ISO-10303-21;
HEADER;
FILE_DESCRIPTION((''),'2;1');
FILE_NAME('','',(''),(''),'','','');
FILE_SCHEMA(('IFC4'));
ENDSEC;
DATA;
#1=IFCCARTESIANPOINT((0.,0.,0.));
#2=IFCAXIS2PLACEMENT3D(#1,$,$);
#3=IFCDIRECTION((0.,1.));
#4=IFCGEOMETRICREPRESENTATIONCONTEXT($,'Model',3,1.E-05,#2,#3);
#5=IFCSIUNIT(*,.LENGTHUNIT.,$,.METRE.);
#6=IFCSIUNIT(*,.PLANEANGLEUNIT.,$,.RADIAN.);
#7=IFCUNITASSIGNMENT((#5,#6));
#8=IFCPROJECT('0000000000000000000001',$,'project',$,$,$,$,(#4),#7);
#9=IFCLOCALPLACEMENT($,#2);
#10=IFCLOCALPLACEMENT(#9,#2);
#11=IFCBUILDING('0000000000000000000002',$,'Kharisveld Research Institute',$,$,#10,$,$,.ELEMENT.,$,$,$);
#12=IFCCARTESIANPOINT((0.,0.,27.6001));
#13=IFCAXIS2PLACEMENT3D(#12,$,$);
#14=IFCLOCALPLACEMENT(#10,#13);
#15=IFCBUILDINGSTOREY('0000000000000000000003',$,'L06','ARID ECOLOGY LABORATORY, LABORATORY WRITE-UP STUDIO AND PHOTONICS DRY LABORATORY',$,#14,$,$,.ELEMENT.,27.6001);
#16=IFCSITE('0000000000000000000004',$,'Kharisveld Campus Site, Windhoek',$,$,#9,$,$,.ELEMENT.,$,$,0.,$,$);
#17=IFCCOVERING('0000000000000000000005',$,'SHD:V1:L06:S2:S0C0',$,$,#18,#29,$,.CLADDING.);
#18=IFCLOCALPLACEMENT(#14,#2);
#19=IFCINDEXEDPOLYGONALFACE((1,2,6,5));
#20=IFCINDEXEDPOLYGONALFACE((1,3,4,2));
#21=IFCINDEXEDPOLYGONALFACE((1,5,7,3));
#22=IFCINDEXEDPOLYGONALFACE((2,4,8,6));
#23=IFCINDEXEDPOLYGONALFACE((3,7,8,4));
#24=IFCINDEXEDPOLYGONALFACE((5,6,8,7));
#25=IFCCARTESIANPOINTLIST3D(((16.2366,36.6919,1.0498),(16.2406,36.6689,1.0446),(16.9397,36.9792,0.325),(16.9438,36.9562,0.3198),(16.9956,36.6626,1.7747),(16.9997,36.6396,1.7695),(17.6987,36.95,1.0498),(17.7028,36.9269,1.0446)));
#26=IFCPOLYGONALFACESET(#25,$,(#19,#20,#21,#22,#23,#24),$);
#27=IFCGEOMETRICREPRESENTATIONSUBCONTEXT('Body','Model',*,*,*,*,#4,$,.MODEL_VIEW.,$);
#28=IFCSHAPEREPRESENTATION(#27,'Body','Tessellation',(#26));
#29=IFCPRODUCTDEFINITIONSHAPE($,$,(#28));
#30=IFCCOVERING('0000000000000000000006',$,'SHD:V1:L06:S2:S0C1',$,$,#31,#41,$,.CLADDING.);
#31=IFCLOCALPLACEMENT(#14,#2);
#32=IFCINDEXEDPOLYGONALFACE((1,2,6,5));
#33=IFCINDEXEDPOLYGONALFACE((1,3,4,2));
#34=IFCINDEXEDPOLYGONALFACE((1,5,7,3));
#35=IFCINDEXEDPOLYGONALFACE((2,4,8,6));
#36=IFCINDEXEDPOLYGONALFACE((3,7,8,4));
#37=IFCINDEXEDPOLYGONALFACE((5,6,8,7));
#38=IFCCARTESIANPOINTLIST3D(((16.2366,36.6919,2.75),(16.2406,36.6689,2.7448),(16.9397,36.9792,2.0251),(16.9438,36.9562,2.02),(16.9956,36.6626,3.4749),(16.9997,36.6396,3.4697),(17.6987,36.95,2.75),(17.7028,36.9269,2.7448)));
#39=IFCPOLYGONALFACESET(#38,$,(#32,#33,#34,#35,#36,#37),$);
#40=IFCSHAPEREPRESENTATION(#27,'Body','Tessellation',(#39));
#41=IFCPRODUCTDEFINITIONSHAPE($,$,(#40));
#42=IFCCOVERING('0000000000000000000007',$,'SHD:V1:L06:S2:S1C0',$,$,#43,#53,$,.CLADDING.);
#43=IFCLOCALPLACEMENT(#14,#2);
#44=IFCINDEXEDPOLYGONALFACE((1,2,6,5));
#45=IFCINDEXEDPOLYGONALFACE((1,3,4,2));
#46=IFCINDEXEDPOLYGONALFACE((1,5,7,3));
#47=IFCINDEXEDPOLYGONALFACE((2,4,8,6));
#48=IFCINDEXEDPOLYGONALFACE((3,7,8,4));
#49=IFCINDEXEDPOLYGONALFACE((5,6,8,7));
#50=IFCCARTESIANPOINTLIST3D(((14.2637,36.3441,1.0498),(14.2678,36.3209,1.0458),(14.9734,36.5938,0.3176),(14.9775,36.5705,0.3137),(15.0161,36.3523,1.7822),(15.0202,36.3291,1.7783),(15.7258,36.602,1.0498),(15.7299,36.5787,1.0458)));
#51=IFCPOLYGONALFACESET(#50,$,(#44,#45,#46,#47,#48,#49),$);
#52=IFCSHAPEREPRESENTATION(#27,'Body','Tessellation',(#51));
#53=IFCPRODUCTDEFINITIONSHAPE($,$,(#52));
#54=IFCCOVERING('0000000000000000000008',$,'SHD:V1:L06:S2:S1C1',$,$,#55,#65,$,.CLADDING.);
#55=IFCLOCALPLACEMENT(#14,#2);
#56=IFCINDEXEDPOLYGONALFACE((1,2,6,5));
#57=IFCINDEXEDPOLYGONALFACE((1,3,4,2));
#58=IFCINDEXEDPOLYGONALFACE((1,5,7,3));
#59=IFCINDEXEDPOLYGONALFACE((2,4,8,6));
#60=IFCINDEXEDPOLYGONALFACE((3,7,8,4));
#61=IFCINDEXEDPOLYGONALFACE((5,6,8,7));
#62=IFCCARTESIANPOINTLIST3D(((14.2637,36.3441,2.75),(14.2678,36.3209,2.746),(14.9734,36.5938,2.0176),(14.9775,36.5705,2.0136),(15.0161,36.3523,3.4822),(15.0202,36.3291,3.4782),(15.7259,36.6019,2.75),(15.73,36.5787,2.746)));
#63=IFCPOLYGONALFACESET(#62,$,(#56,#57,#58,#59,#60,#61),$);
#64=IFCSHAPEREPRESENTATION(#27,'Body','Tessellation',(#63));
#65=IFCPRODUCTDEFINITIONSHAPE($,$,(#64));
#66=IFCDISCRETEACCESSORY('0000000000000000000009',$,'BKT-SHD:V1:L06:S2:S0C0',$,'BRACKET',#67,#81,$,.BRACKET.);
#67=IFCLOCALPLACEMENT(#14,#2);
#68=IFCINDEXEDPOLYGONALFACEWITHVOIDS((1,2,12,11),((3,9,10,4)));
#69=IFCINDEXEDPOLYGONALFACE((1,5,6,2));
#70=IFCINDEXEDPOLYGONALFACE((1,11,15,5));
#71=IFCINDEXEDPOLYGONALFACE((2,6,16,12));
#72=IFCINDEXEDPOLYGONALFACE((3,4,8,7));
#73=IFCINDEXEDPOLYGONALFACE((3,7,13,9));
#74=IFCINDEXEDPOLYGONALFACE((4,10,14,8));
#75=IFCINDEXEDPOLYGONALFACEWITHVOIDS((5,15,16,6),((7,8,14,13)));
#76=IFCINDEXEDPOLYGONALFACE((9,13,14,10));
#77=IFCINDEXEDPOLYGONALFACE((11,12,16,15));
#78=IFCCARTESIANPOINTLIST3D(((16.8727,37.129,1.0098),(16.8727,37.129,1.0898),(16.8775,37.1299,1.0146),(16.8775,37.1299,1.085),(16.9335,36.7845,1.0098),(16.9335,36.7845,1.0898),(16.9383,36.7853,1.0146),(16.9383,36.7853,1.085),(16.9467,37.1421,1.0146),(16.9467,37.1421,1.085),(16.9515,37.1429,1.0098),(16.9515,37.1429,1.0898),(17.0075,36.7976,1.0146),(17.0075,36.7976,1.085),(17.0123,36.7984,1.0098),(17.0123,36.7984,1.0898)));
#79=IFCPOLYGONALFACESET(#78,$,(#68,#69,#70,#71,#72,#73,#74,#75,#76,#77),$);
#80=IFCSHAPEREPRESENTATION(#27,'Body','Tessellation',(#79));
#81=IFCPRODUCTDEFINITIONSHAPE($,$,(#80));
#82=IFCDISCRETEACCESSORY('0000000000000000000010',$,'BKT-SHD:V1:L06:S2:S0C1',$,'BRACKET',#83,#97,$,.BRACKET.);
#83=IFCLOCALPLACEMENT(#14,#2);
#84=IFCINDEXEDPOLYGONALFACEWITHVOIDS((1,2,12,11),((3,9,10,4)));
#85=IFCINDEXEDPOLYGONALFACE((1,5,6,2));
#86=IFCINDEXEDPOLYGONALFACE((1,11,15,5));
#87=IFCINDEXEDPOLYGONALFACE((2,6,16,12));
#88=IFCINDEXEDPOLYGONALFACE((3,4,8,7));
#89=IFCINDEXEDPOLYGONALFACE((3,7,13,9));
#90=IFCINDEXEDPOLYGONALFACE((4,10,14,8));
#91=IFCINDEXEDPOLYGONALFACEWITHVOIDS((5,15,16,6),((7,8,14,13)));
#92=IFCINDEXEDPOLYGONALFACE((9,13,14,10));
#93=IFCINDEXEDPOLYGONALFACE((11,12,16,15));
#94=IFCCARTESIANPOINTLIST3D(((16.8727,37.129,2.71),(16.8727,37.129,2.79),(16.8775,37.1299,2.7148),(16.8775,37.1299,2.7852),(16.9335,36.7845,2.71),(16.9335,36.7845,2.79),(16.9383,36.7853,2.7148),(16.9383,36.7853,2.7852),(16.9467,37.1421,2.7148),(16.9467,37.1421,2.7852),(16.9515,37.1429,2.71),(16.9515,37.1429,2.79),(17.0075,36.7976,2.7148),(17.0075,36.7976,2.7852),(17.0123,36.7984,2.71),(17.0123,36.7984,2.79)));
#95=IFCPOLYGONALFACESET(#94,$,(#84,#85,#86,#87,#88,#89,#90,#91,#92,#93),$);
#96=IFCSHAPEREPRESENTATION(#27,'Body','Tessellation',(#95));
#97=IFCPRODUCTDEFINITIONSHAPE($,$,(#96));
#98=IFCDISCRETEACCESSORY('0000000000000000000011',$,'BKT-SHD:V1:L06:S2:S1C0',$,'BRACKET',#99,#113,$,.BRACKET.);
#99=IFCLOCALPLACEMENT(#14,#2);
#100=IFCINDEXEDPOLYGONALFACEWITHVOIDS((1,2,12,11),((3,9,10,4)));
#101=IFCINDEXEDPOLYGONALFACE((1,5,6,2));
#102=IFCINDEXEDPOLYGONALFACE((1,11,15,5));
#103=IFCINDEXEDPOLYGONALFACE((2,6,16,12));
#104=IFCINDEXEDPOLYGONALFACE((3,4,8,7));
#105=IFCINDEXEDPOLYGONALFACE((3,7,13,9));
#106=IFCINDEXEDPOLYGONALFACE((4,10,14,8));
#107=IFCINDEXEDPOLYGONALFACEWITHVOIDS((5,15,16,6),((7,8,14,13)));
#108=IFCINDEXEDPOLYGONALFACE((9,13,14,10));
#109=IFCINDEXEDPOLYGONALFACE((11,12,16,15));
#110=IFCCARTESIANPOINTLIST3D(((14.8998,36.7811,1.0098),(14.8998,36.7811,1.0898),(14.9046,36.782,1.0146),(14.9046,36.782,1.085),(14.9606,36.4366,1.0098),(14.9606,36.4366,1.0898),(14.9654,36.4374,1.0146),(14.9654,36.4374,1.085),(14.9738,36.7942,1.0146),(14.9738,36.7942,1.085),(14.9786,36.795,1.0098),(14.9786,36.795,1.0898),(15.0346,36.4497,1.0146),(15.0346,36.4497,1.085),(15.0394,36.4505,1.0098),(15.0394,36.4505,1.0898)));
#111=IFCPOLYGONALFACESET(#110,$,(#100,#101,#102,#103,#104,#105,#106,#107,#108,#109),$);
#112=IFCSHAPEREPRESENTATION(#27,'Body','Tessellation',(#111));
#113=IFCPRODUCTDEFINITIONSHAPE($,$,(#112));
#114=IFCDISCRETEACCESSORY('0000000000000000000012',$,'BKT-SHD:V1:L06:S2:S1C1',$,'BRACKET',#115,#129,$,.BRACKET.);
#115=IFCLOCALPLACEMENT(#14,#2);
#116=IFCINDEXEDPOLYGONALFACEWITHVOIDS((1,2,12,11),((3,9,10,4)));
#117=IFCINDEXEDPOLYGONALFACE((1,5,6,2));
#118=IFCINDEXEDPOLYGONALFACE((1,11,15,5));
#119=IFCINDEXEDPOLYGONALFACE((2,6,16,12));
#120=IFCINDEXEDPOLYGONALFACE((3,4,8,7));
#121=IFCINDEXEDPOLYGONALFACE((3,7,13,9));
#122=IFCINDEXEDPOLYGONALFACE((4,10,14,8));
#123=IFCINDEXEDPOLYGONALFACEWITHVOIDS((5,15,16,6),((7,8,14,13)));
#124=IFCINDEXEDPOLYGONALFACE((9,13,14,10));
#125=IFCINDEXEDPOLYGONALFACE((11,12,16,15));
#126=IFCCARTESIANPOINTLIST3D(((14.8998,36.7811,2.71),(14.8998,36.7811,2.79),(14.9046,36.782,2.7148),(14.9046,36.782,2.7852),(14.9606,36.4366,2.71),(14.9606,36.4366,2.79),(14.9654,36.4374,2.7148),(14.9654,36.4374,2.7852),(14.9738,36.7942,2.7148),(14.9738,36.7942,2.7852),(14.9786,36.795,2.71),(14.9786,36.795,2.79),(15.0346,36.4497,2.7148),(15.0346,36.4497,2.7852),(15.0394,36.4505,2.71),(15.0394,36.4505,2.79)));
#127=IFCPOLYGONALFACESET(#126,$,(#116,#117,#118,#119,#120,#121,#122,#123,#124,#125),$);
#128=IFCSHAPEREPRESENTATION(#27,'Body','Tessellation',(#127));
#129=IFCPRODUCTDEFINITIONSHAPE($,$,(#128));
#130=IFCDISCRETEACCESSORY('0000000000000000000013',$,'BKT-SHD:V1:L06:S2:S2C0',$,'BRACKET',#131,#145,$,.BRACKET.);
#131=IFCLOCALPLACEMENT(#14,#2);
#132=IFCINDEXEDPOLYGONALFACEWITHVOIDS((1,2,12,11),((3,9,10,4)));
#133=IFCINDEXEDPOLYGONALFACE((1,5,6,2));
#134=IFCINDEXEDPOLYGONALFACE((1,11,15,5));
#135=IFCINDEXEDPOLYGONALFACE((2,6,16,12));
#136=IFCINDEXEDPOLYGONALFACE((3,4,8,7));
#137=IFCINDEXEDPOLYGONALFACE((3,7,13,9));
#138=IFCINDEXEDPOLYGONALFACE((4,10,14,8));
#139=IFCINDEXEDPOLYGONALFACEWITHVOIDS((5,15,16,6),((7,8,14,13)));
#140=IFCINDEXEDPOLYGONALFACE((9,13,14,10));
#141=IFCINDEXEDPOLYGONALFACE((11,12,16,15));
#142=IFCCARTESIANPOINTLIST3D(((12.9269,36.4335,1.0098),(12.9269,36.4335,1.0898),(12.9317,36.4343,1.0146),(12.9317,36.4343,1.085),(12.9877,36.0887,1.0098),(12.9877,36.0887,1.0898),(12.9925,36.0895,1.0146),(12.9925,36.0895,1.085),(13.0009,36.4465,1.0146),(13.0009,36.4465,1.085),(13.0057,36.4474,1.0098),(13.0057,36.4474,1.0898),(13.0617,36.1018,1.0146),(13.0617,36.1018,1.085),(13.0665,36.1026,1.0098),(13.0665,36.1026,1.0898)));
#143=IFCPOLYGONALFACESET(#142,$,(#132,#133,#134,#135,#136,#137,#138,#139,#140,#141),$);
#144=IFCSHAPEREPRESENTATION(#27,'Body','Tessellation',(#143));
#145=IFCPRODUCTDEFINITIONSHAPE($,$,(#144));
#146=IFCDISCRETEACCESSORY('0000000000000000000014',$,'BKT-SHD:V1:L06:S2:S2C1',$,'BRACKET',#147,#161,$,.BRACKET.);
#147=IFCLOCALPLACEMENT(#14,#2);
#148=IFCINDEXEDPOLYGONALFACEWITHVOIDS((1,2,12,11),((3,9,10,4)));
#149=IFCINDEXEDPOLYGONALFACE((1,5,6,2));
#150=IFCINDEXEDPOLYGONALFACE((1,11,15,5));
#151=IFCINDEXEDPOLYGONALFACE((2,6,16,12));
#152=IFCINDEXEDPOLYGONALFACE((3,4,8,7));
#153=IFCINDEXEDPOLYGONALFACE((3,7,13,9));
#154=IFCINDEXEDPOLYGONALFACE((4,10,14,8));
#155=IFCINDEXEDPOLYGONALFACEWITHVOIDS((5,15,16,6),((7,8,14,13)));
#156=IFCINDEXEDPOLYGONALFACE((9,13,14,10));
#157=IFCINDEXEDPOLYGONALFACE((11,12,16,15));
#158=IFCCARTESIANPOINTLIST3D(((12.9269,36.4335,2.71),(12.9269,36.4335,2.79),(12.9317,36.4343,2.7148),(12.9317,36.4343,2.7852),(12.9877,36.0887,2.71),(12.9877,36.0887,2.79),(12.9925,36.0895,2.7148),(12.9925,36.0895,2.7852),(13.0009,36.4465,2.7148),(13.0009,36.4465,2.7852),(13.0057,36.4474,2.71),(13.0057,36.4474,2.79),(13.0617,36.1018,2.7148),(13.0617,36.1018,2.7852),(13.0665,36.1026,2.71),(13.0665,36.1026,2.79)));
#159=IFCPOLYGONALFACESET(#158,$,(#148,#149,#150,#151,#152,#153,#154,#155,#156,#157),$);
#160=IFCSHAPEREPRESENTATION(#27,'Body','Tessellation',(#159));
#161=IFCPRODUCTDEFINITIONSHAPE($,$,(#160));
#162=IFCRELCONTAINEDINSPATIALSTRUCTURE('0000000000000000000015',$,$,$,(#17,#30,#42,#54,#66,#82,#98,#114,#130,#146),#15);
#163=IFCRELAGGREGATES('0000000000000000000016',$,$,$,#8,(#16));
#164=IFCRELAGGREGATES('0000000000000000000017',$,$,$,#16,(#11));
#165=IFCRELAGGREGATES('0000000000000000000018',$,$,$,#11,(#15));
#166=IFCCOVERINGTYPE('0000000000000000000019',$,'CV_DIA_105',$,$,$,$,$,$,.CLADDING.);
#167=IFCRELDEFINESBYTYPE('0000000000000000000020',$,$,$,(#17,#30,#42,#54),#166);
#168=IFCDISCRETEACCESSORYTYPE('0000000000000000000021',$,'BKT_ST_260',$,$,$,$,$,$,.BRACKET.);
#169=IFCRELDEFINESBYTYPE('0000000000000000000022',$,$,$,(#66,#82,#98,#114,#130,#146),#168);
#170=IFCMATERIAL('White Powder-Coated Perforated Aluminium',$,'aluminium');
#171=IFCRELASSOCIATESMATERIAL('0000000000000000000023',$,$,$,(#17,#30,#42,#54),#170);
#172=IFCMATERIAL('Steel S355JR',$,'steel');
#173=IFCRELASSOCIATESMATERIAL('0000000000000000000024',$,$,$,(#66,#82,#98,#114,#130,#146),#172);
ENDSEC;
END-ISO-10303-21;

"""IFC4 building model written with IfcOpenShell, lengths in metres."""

from ifc_helpers import new_model, si_unit, direction, frame, origin, origin_2d, place, context, subcontext, project, spatial, polyline, hollow_rectangle, outline, extrude, material, type_object, element, save


model = new_model("IFC4")

# Units and contexts
model_context = context("Model", 3, precision=1e-05, world=origin(), true_north=direction((0.0, 1.0)))
body_context = subcontext(model_context, "Body", "Model", "MODEL_VIEW")
ifc_project = project(units=[si_unit("LENGTHUNIT", "METRE"), si_unit("PLANEANGLEUNIT", "RADIAN")], contexts=[model_context])

# Site, building, storey
site_placement = place(None, origin())
site = spatial("IfcSite", under=ifc_project, at=site_placement, Name="Kharisveld Campus Site, Windhoek", CompositionType="ELEMENT", RefElevation=0.0)
building_placement = place(site_placement, origin())
building = spatial("IfcBuilding", under=site, at=building_placement, Name="Kharisveld Research Institute", CompositionType="ELEMENT")
storey_placement = place(building_placement, frame((0.0, 0.0, 27.6001)))
storey = spatial("IfcBuildingStorey", under=building, at=storey_placement, Name="L06", Description="ARID ECOLOGY LABORATORY, LABORATORY WRITE-UP STUDIO AND PHOTONICS DRY LABORATORY", CompositionType="ELEMENT", Elevation=27.6001)

# Coverings
ifc_material_1 = material(Name="White Powder-Coated Perforated Aluminium", Category="aluminium")
covering_type = type_object("IfcCoveringType", Name="CV_DIA_105", PredefinedType="CLADDING")
for number, where, z_axis, x_axis, name in (
    (1, (16.9397, 36.9792, 0.325), (-0.16968, 0.961415, 0.21654), (-0.669683, -0.273686, 0.690378), "SHD:V1:L06:S2:S0C0"),
    (2, (16.9397, 36.9792, 2.0251), (-0.16968, 0.961415, 0.21654), (-0.669683, -0.273686, 0.690378), "SHD:V1:L06:S2:S0C1"),
):
    element("IfcCovering", number, at=place(storey_placement, frame(where, z_axis=z_axis, x_axis=x_axis)), inside=storey, type_object=covering_type, material=ifc_material_1, Name=name, PredefinedType="CLADDING", context=body_context, shape_type="SweptSolid", body=[
        extrude(outline(polyline([(0.0, 0.0), (1.0499, 0.0), (1.0501, 1.05), (0.0001, 1.05), (0.0, 0.0)])), origin(), (0.0, 0.0, -1.0), 0.0239),
    ])
covering_1_placement = place(storey_placement, frame((14.9734, 36.5938, 0.3176), z_axis=(-0.171261, 0.97129, 0.165124), x_axis=(-0.676046, -0.237771, 0.697443)))
element("IfcCovering", 3, at=covering_1_placement, inside=storey, type_object=covering_type, material=ifc_material_1, Name="SHD:V1:L06:S2:S1C0", PredefinedType="CLADDING", context=body_context, shape_type="SweptSolid", body=[
    extrude(outline(polyline([(0.0, 0.0), (1.0498, 0.0), (1.05, 1.0501), (0.0, 1.0499), (0.0, 0.0)])), origin(), (0.0, 0.0, -1.0), 0.0239),
])
covering_2_placement = place(storey_placement, frame((14.9734, 36.5938, 2.0176), z_axis=(-0.171261, 0.97129, 0.165124), x_axis=(-0.67593, -0.23777, 0.697556)))
element("IfcCovering", 4, at=covering_2_placement, inside=storey, type_object=covering_type, material=ifc_material_1, Name="SHD:V1:L06:S2:S1C1", PredefinedType="CLADDING", context=body_context, shape_type="SweptSolid", body=[
    extrude(outline(polyline([(0.0, 0.0), (1.05, 0.0), (1.0502, 1.0499), (0.0003, 1.0501), (0.0, 0.0)])), origin(), (0.0, 0.0, -1.0), 0.0239),
])

# Discrete accessories
ifc_material_2 = material(Name="Steel S355JR", Category="steel")
discrete_accessory_type = type_object("IfcDiscreteAccessoryType", Name="BKT_ST_260", PredefinedType="BRACKET")
for number, where, z_axis, x_axis, name in (
    (5, (16.9121, 37.136, 1.0498), (0.173785, -0.984784, 0.0), (0.984784, 0.173785, 0.0), "BKT-SHD:V1:L06:S2:S0C0"),
    (6, (16.9121, 37.136, 2.75), (0.173785, -0.984784, 0.0), (0.984784, 0.173785, 0.0), "BKT-SHD:V1:L06:S2:S0C1"),
    (7, (14.9392, 36.7881, 1.0498), (0.173785, -0.984784, 0.0), (0.984784, 0.173785, 0.0), "BKT-SHD:V1:L06:S2:S1C0"),
    (8, (14.9392, 36.7881, 2.75), (0.173785, -0.984784, 0.0), (0.984784, 0.173785, 0.0), "BKT-SHD:V1:L06:S2:S1C1"),
):
    element("IfcDiscreteAccessory", number, at=place(storey_placement, frame(where, z_axis=z_axis, x_axis=x_axis)), inside=storey, type_object=discrete_accessory_type, material=ifc_material_2, Name=name, ObjectType="BRACKET", PredefinedType="BRACKET", context=body_context, shape_type="SweptSolid", body=[
        extrude(hollow_rectangle(XDim=0.0801, YDim=0.0801, WallThickness=0.0049, at=origin_2d()), origin(), (0.0, 0.0, 1.0), 0.3499),
    ])
for number, where, z_axis, x_axis, name in (
    (9, (12.9663, 36.4404, 1.0498), (0.173666, -0.984805, 0.0), (0.984805, 0.173666, 0.0), "BKT-SHD:V1:L06:S2:S2C0"),
    (10, (12.9663, 36.4404, 2.75), (0.173666, -0.984805, 0.0), (0.984805, 0.173666, 0.0), "BKT-SHD:V1:L06:S2:S2C1"),
):
    element("IfcDiscreteAccessory", number, at=place(storey_placement, frame(where, z_axis=z_axis, x_axis=x_axis)), inside=storey, type_object=discrete_accessory_type, material=ifc_material_2, Name=name, ObjectType="BRACKET", PredefinedType="BRACKET", context=body_context, shape_type="SweptSolid", body=[
        extrude(hollow_rectangle(XDim=0.0801, YDim=0.0801, WallThickness=0.0049, at=origin_2d()), origin(), (0.0, 0.0, 1.0), 0.3501),
    ])

save(model, "model.ifc")
